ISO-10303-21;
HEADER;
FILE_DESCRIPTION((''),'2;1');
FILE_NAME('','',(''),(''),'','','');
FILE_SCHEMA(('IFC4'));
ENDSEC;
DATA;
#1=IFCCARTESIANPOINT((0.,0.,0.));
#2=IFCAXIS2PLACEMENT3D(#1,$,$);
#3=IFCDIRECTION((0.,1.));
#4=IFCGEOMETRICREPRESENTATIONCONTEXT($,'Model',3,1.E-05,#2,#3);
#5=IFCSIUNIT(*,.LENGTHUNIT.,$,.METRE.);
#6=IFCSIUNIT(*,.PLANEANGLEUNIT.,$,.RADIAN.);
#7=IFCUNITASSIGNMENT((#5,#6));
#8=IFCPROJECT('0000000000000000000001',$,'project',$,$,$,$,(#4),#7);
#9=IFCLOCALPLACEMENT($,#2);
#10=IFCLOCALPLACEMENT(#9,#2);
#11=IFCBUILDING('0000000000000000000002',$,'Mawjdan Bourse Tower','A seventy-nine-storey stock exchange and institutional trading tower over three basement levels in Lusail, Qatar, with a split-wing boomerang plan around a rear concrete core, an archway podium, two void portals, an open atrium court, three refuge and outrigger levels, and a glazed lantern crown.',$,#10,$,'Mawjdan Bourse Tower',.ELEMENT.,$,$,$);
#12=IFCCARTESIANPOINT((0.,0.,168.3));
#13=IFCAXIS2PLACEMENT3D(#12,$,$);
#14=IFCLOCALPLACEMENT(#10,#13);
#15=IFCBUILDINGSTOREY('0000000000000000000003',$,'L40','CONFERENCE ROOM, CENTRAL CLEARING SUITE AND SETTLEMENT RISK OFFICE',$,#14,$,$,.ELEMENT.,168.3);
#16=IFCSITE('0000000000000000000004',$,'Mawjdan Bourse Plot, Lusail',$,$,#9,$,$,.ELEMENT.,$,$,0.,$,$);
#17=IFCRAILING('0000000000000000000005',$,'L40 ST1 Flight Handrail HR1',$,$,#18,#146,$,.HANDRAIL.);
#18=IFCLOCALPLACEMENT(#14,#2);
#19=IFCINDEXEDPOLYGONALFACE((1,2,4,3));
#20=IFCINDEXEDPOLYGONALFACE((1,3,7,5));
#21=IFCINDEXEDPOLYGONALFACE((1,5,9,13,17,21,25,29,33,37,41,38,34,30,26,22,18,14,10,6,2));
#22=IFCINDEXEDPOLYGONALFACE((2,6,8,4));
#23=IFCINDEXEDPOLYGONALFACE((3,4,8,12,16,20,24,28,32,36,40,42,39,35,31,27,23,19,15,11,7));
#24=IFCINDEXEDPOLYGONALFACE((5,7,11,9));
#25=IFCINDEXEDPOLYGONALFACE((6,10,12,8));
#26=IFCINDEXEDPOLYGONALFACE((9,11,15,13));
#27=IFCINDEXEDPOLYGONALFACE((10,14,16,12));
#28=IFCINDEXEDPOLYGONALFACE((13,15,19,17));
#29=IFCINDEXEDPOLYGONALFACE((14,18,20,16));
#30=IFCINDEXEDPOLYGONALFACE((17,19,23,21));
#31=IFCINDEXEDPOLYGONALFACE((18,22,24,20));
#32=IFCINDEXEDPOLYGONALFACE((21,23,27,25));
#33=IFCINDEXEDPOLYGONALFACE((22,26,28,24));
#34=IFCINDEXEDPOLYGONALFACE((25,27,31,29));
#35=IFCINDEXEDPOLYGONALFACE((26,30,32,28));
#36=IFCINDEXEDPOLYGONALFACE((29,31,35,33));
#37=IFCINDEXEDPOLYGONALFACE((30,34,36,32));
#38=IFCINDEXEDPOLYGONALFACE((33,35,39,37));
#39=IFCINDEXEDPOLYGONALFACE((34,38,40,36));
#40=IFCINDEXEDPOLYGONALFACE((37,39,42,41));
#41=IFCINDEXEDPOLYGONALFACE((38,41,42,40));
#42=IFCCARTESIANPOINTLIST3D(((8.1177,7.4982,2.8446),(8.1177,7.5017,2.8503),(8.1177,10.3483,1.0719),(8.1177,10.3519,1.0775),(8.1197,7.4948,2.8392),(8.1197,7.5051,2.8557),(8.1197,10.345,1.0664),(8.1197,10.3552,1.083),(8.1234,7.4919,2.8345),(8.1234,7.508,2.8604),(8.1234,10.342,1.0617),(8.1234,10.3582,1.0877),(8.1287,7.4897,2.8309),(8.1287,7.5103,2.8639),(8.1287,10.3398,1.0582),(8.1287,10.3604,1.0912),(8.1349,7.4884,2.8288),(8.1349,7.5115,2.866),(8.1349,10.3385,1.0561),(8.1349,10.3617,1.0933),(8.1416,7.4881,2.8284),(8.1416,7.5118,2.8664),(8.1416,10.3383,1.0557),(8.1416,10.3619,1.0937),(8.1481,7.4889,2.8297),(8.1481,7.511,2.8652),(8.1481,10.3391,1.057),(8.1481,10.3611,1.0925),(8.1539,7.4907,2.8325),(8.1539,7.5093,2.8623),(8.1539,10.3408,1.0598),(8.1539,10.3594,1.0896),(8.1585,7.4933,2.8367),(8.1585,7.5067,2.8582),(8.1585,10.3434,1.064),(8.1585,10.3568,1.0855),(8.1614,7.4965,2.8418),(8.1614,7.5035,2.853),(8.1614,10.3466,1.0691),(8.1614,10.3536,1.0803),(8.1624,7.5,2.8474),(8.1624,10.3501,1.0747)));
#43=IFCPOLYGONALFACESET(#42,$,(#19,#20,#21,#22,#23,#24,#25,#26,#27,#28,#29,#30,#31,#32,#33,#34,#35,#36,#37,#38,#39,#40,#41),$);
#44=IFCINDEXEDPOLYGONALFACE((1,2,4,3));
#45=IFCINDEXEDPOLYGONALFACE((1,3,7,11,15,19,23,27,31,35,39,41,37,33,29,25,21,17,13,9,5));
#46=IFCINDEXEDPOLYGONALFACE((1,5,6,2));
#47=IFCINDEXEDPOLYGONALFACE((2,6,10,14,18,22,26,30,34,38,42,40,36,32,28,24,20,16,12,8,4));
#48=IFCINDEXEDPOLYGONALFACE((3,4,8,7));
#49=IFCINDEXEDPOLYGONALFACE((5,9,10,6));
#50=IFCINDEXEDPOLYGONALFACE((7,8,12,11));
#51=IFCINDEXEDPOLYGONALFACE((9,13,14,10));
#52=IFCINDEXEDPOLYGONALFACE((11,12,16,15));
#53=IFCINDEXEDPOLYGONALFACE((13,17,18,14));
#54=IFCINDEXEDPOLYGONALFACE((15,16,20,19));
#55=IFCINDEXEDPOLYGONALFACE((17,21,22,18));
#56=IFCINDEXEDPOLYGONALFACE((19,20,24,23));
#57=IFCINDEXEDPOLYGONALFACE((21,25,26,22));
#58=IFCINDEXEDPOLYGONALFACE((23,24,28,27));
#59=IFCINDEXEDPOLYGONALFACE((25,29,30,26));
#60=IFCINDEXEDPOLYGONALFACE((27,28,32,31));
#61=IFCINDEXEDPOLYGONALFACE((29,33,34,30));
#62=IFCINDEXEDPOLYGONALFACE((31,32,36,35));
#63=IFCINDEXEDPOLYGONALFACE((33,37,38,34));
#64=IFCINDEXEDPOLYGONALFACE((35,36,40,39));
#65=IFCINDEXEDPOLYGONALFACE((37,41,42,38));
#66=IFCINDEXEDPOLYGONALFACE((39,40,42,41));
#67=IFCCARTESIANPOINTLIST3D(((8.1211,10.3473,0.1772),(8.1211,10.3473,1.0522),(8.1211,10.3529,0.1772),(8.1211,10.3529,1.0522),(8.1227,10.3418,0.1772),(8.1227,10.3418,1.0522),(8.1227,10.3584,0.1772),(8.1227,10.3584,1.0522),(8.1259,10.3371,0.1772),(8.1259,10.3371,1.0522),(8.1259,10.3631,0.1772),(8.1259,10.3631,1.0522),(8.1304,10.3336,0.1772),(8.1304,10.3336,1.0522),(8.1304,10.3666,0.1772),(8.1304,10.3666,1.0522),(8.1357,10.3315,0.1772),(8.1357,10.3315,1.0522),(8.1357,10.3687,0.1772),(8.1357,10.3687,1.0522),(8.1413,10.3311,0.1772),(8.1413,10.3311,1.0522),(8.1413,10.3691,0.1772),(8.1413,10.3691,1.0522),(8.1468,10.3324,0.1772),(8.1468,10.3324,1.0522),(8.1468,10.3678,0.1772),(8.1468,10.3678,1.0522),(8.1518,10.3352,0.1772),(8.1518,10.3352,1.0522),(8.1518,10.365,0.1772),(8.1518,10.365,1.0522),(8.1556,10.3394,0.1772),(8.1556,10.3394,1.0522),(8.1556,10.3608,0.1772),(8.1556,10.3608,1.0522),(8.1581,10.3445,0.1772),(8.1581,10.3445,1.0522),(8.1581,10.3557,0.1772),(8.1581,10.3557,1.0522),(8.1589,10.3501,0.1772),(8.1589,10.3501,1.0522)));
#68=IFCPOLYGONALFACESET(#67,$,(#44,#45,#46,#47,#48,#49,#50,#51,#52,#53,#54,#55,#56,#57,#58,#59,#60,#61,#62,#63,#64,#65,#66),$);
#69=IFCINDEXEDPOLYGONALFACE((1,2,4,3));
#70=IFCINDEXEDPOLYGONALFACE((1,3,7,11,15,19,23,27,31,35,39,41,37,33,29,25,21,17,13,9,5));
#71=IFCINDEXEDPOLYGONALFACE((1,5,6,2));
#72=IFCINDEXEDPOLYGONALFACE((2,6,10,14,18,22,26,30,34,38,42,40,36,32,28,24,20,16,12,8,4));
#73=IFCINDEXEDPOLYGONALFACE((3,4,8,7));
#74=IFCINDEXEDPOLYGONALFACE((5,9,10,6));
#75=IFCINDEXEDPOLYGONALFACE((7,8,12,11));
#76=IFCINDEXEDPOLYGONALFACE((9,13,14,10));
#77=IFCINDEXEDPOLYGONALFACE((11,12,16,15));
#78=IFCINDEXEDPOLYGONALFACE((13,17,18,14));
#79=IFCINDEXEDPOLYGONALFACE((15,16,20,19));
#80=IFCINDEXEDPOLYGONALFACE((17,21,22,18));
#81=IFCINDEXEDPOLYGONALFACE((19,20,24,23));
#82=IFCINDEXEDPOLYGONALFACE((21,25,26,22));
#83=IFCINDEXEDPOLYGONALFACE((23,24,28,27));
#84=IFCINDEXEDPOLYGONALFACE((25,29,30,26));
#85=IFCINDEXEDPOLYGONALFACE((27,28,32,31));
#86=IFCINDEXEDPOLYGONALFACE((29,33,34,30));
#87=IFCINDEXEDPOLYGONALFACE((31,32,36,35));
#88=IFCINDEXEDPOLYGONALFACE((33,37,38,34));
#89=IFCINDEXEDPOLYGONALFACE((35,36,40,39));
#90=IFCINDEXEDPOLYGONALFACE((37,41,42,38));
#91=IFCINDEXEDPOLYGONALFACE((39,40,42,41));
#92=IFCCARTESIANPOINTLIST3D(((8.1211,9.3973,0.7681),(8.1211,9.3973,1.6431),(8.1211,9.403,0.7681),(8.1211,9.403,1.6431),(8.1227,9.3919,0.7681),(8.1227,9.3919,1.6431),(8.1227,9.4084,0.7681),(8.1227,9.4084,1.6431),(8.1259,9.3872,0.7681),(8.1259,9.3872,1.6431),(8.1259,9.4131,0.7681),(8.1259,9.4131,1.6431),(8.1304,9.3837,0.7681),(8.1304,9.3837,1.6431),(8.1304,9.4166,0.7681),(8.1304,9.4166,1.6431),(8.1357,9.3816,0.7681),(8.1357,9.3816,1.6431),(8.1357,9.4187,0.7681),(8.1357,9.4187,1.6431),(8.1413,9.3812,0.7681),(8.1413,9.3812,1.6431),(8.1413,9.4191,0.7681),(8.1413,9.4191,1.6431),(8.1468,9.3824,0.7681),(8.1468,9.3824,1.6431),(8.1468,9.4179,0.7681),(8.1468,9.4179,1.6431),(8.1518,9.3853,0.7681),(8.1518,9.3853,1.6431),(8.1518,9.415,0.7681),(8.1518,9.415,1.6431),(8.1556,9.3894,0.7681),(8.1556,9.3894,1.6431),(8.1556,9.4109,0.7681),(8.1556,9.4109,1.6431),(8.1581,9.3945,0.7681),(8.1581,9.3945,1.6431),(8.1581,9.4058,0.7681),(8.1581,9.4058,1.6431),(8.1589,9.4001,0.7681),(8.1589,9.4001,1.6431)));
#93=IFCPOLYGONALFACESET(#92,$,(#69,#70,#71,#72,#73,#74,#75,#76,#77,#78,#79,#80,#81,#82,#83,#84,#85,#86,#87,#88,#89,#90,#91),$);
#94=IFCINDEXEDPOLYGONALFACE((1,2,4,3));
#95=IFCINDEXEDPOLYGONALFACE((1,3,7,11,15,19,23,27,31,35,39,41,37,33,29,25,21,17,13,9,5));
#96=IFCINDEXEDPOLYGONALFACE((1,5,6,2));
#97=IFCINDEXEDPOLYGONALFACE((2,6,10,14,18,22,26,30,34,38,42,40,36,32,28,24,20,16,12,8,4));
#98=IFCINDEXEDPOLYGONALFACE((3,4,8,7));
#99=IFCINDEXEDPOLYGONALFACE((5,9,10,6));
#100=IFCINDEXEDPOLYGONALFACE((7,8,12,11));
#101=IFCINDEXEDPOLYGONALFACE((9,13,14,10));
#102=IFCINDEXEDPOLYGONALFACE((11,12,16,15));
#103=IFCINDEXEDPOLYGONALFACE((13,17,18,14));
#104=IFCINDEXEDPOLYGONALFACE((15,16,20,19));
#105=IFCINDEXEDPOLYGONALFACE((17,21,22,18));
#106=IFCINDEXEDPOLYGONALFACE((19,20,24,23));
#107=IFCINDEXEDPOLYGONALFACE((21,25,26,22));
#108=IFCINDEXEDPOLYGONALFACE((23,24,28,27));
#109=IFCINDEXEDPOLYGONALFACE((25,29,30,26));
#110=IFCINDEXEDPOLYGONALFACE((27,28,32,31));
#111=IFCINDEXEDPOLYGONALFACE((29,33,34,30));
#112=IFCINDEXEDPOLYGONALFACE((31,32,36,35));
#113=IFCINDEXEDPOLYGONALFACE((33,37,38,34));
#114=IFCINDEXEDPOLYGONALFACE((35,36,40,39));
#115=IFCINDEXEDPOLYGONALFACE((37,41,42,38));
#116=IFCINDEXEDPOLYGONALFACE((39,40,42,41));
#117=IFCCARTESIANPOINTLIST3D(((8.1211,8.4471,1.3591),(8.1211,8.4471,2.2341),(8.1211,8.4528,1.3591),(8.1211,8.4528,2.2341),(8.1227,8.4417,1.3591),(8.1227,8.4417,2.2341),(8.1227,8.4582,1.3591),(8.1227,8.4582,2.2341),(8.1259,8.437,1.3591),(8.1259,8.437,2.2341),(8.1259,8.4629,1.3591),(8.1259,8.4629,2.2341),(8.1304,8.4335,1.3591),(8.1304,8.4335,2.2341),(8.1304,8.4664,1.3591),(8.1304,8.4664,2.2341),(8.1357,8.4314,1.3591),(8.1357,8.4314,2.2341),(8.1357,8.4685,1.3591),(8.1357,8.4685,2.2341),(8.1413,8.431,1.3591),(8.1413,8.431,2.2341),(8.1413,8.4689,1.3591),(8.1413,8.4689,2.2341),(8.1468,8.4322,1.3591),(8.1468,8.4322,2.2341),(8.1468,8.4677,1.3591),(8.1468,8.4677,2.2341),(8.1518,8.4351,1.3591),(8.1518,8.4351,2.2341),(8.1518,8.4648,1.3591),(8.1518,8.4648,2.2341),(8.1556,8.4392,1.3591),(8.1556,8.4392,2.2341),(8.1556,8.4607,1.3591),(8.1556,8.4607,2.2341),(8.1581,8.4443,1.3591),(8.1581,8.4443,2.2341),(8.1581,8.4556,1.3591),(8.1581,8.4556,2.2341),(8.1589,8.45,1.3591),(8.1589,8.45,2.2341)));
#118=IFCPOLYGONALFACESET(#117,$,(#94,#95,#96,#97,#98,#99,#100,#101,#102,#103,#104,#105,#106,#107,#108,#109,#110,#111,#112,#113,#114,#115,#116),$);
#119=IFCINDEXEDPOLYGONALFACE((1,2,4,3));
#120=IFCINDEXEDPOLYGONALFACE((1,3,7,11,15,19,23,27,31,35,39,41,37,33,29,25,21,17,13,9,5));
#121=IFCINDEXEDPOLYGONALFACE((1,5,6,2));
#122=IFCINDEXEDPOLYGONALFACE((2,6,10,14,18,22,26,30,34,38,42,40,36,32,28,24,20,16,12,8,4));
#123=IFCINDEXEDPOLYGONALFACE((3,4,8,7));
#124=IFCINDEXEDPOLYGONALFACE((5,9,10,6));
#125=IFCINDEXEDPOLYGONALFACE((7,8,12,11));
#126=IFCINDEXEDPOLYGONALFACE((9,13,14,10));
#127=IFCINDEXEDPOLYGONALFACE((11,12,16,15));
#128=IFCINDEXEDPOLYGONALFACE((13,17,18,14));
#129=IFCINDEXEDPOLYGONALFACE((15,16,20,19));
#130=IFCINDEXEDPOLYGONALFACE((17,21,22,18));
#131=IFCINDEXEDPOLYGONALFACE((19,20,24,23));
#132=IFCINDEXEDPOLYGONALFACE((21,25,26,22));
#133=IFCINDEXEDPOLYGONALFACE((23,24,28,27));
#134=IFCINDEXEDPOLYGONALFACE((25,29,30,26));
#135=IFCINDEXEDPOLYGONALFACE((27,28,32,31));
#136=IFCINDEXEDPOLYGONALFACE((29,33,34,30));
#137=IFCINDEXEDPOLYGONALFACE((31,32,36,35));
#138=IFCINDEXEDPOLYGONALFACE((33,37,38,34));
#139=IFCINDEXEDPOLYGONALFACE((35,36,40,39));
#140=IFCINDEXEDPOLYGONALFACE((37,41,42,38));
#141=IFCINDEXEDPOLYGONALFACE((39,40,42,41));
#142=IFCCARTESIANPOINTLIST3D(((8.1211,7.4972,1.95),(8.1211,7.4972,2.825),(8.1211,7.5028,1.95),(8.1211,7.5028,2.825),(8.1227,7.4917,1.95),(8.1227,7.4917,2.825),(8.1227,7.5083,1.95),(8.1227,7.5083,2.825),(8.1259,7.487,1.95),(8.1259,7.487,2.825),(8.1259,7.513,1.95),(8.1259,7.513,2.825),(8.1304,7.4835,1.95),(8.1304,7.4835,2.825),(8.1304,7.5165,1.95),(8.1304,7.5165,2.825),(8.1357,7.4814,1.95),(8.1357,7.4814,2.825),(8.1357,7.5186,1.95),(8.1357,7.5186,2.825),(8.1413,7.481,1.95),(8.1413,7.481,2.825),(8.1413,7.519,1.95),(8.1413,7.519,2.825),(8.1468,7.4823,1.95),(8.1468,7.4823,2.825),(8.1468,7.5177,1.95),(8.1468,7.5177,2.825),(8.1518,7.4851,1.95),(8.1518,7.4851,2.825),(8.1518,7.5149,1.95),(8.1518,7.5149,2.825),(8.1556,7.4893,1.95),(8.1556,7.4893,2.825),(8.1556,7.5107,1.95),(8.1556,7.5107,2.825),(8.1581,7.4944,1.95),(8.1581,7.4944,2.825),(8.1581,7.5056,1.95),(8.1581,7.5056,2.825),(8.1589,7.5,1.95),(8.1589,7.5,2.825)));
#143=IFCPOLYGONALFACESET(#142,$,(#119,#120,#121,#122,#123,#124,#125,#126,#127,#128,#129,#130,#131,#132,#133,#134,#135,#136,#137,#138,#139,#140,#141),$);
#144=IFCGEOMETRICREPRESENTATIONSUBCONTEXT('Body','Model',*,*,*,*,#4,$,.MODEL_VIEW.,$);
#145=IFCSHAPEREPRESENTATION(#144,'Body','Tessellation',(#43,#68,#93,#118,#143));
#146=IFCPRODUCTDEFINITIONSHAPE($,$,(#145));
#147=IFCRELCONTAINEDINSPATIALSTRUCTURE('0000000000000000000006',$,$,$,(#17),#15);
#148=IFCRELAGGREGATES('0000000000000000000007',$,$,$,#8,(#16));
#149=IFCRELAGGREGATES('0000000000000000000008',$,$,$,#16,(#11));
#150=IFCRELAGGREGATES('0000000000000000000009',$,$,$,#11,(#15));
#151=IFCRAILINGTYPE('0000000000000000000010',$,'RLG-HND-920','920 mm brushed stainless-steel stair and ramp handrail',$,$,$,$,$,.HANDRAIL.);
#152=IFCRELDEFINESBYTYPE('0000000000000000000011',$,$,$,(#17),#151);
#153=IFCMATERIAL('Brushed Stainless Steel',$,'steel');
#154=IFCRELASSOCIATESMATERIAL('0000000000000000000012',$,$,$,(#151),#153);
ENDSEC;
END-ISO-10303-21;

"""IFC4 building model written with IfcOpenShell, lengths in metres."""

from ifc_helpers import new_model, si_unit, direction, frame, origin, origin_2d, place, context, subcontext, project, spatial, circle, extrude, material, type_object, element, save


model = new_model("IFC4")

# Units and contexts
model_context = context("Model", 3, precision=1e-05, world=origin(), true_north=direction((0.0, 1.0)))
body_context = subcontext(model_context, "Body", "Model", "MODEL_VIEW")
ifc_project = project(units=[si_unit("LENGTHUNIT", "METRE"), si_unit("PLANEANGLEUNIT", "RADIAN")], contexts=[model_context])

# Site, building, storey
site_placement = place(None, origin())
site = spatial("IfcSite", under=ifc_project, at=site_placement, Name="Mawjdan Bourse Plot, Lusail", CompositionType="ELEMENT", RefElevation=0.0)
building_placement = place(site_placement, origin())
building = spatial("IfcBuilding", under=site, at=building_placement, Name="Mawjdan Bourse Tower", Description="A seventy-nine-storey stock exchange and institutional trading tower over three basement levels in Lusail, Qatar, with a split-wing boomerang plan around a rear concrete core, an archway podium, two void portals, an open atrium court, three refuge and outrigger levels, and a glazed lantern crown.", LongName="Mawjdan Bourse Tower", CompositionType="ELEMENT")
storey_placement = place(building_placement, frame((0.0, 0.0, 168.3)))
storey = spatial("IfcBuildingStorey", under=building, at=storey_placement, Name="L40", Description="CONFERENCE ROOM, CENTRAL CLEARING SUITE AND SETTLEMENT RISK OFFICE", CompositionType="ELEMENT", Elevation=168.3)

# Shared definitions
ifc_material_1 = material(Name="Brushed Stainless Steel", Category="steel")

# Railing
railing_type_1 = type_object("IfcRailingType", Name="RLG-HND-920", Description="920 mm brushed stainless-steel stair and ramp handrail", PredefinedType="HANDRAIL", material=ifc_material_1)
for number, where, name in (
    (1, (8.1399, 10.3501, 0.1772), "L40 ST1 Flight Handrail HR1"),
):
    element("IfcRailing", number, at=place(storey_placement, frame(where)), inside=storey, type_object=railing_type_1, Name=name, PredefinedType="HANDRAIL", context=body_context, shape_type="SweptSolid", body=[
        extrude(circle(Radius=0.0225, at=origin_2d()), frame((0.0, 0.0, 0.8975), z_axis=(0.0, -0.849149, 0.528154), x_axis=(1.0, 0.0, 0.0)), (0.0, 0.0, 1.0), 3.3564),
        extrude(circle(Radius=0.019, at=origin_2d()), origin(), (0.0, 0.0, 1.0), 0.875),
        extrude(circle(Radius=0.019, at=origin_2d()), frame((0.0, -0.95, 0.5908)), (0.0, 0.0, 1.0), 0.875),
        extrude(circle(Radius=0.019, at=origin_2d()), frame((0.0, -1.9001, 1.1819)), (0.0, 0.0, 1.0), 0.875),
        extrude(circle(Radius=0.019, at=origin_2d()), frame((0.0, -2.8501, 1.7727)), (0.0, 0.0, 1.0), 0.875),
    ])

save(model, "model.ifc")
